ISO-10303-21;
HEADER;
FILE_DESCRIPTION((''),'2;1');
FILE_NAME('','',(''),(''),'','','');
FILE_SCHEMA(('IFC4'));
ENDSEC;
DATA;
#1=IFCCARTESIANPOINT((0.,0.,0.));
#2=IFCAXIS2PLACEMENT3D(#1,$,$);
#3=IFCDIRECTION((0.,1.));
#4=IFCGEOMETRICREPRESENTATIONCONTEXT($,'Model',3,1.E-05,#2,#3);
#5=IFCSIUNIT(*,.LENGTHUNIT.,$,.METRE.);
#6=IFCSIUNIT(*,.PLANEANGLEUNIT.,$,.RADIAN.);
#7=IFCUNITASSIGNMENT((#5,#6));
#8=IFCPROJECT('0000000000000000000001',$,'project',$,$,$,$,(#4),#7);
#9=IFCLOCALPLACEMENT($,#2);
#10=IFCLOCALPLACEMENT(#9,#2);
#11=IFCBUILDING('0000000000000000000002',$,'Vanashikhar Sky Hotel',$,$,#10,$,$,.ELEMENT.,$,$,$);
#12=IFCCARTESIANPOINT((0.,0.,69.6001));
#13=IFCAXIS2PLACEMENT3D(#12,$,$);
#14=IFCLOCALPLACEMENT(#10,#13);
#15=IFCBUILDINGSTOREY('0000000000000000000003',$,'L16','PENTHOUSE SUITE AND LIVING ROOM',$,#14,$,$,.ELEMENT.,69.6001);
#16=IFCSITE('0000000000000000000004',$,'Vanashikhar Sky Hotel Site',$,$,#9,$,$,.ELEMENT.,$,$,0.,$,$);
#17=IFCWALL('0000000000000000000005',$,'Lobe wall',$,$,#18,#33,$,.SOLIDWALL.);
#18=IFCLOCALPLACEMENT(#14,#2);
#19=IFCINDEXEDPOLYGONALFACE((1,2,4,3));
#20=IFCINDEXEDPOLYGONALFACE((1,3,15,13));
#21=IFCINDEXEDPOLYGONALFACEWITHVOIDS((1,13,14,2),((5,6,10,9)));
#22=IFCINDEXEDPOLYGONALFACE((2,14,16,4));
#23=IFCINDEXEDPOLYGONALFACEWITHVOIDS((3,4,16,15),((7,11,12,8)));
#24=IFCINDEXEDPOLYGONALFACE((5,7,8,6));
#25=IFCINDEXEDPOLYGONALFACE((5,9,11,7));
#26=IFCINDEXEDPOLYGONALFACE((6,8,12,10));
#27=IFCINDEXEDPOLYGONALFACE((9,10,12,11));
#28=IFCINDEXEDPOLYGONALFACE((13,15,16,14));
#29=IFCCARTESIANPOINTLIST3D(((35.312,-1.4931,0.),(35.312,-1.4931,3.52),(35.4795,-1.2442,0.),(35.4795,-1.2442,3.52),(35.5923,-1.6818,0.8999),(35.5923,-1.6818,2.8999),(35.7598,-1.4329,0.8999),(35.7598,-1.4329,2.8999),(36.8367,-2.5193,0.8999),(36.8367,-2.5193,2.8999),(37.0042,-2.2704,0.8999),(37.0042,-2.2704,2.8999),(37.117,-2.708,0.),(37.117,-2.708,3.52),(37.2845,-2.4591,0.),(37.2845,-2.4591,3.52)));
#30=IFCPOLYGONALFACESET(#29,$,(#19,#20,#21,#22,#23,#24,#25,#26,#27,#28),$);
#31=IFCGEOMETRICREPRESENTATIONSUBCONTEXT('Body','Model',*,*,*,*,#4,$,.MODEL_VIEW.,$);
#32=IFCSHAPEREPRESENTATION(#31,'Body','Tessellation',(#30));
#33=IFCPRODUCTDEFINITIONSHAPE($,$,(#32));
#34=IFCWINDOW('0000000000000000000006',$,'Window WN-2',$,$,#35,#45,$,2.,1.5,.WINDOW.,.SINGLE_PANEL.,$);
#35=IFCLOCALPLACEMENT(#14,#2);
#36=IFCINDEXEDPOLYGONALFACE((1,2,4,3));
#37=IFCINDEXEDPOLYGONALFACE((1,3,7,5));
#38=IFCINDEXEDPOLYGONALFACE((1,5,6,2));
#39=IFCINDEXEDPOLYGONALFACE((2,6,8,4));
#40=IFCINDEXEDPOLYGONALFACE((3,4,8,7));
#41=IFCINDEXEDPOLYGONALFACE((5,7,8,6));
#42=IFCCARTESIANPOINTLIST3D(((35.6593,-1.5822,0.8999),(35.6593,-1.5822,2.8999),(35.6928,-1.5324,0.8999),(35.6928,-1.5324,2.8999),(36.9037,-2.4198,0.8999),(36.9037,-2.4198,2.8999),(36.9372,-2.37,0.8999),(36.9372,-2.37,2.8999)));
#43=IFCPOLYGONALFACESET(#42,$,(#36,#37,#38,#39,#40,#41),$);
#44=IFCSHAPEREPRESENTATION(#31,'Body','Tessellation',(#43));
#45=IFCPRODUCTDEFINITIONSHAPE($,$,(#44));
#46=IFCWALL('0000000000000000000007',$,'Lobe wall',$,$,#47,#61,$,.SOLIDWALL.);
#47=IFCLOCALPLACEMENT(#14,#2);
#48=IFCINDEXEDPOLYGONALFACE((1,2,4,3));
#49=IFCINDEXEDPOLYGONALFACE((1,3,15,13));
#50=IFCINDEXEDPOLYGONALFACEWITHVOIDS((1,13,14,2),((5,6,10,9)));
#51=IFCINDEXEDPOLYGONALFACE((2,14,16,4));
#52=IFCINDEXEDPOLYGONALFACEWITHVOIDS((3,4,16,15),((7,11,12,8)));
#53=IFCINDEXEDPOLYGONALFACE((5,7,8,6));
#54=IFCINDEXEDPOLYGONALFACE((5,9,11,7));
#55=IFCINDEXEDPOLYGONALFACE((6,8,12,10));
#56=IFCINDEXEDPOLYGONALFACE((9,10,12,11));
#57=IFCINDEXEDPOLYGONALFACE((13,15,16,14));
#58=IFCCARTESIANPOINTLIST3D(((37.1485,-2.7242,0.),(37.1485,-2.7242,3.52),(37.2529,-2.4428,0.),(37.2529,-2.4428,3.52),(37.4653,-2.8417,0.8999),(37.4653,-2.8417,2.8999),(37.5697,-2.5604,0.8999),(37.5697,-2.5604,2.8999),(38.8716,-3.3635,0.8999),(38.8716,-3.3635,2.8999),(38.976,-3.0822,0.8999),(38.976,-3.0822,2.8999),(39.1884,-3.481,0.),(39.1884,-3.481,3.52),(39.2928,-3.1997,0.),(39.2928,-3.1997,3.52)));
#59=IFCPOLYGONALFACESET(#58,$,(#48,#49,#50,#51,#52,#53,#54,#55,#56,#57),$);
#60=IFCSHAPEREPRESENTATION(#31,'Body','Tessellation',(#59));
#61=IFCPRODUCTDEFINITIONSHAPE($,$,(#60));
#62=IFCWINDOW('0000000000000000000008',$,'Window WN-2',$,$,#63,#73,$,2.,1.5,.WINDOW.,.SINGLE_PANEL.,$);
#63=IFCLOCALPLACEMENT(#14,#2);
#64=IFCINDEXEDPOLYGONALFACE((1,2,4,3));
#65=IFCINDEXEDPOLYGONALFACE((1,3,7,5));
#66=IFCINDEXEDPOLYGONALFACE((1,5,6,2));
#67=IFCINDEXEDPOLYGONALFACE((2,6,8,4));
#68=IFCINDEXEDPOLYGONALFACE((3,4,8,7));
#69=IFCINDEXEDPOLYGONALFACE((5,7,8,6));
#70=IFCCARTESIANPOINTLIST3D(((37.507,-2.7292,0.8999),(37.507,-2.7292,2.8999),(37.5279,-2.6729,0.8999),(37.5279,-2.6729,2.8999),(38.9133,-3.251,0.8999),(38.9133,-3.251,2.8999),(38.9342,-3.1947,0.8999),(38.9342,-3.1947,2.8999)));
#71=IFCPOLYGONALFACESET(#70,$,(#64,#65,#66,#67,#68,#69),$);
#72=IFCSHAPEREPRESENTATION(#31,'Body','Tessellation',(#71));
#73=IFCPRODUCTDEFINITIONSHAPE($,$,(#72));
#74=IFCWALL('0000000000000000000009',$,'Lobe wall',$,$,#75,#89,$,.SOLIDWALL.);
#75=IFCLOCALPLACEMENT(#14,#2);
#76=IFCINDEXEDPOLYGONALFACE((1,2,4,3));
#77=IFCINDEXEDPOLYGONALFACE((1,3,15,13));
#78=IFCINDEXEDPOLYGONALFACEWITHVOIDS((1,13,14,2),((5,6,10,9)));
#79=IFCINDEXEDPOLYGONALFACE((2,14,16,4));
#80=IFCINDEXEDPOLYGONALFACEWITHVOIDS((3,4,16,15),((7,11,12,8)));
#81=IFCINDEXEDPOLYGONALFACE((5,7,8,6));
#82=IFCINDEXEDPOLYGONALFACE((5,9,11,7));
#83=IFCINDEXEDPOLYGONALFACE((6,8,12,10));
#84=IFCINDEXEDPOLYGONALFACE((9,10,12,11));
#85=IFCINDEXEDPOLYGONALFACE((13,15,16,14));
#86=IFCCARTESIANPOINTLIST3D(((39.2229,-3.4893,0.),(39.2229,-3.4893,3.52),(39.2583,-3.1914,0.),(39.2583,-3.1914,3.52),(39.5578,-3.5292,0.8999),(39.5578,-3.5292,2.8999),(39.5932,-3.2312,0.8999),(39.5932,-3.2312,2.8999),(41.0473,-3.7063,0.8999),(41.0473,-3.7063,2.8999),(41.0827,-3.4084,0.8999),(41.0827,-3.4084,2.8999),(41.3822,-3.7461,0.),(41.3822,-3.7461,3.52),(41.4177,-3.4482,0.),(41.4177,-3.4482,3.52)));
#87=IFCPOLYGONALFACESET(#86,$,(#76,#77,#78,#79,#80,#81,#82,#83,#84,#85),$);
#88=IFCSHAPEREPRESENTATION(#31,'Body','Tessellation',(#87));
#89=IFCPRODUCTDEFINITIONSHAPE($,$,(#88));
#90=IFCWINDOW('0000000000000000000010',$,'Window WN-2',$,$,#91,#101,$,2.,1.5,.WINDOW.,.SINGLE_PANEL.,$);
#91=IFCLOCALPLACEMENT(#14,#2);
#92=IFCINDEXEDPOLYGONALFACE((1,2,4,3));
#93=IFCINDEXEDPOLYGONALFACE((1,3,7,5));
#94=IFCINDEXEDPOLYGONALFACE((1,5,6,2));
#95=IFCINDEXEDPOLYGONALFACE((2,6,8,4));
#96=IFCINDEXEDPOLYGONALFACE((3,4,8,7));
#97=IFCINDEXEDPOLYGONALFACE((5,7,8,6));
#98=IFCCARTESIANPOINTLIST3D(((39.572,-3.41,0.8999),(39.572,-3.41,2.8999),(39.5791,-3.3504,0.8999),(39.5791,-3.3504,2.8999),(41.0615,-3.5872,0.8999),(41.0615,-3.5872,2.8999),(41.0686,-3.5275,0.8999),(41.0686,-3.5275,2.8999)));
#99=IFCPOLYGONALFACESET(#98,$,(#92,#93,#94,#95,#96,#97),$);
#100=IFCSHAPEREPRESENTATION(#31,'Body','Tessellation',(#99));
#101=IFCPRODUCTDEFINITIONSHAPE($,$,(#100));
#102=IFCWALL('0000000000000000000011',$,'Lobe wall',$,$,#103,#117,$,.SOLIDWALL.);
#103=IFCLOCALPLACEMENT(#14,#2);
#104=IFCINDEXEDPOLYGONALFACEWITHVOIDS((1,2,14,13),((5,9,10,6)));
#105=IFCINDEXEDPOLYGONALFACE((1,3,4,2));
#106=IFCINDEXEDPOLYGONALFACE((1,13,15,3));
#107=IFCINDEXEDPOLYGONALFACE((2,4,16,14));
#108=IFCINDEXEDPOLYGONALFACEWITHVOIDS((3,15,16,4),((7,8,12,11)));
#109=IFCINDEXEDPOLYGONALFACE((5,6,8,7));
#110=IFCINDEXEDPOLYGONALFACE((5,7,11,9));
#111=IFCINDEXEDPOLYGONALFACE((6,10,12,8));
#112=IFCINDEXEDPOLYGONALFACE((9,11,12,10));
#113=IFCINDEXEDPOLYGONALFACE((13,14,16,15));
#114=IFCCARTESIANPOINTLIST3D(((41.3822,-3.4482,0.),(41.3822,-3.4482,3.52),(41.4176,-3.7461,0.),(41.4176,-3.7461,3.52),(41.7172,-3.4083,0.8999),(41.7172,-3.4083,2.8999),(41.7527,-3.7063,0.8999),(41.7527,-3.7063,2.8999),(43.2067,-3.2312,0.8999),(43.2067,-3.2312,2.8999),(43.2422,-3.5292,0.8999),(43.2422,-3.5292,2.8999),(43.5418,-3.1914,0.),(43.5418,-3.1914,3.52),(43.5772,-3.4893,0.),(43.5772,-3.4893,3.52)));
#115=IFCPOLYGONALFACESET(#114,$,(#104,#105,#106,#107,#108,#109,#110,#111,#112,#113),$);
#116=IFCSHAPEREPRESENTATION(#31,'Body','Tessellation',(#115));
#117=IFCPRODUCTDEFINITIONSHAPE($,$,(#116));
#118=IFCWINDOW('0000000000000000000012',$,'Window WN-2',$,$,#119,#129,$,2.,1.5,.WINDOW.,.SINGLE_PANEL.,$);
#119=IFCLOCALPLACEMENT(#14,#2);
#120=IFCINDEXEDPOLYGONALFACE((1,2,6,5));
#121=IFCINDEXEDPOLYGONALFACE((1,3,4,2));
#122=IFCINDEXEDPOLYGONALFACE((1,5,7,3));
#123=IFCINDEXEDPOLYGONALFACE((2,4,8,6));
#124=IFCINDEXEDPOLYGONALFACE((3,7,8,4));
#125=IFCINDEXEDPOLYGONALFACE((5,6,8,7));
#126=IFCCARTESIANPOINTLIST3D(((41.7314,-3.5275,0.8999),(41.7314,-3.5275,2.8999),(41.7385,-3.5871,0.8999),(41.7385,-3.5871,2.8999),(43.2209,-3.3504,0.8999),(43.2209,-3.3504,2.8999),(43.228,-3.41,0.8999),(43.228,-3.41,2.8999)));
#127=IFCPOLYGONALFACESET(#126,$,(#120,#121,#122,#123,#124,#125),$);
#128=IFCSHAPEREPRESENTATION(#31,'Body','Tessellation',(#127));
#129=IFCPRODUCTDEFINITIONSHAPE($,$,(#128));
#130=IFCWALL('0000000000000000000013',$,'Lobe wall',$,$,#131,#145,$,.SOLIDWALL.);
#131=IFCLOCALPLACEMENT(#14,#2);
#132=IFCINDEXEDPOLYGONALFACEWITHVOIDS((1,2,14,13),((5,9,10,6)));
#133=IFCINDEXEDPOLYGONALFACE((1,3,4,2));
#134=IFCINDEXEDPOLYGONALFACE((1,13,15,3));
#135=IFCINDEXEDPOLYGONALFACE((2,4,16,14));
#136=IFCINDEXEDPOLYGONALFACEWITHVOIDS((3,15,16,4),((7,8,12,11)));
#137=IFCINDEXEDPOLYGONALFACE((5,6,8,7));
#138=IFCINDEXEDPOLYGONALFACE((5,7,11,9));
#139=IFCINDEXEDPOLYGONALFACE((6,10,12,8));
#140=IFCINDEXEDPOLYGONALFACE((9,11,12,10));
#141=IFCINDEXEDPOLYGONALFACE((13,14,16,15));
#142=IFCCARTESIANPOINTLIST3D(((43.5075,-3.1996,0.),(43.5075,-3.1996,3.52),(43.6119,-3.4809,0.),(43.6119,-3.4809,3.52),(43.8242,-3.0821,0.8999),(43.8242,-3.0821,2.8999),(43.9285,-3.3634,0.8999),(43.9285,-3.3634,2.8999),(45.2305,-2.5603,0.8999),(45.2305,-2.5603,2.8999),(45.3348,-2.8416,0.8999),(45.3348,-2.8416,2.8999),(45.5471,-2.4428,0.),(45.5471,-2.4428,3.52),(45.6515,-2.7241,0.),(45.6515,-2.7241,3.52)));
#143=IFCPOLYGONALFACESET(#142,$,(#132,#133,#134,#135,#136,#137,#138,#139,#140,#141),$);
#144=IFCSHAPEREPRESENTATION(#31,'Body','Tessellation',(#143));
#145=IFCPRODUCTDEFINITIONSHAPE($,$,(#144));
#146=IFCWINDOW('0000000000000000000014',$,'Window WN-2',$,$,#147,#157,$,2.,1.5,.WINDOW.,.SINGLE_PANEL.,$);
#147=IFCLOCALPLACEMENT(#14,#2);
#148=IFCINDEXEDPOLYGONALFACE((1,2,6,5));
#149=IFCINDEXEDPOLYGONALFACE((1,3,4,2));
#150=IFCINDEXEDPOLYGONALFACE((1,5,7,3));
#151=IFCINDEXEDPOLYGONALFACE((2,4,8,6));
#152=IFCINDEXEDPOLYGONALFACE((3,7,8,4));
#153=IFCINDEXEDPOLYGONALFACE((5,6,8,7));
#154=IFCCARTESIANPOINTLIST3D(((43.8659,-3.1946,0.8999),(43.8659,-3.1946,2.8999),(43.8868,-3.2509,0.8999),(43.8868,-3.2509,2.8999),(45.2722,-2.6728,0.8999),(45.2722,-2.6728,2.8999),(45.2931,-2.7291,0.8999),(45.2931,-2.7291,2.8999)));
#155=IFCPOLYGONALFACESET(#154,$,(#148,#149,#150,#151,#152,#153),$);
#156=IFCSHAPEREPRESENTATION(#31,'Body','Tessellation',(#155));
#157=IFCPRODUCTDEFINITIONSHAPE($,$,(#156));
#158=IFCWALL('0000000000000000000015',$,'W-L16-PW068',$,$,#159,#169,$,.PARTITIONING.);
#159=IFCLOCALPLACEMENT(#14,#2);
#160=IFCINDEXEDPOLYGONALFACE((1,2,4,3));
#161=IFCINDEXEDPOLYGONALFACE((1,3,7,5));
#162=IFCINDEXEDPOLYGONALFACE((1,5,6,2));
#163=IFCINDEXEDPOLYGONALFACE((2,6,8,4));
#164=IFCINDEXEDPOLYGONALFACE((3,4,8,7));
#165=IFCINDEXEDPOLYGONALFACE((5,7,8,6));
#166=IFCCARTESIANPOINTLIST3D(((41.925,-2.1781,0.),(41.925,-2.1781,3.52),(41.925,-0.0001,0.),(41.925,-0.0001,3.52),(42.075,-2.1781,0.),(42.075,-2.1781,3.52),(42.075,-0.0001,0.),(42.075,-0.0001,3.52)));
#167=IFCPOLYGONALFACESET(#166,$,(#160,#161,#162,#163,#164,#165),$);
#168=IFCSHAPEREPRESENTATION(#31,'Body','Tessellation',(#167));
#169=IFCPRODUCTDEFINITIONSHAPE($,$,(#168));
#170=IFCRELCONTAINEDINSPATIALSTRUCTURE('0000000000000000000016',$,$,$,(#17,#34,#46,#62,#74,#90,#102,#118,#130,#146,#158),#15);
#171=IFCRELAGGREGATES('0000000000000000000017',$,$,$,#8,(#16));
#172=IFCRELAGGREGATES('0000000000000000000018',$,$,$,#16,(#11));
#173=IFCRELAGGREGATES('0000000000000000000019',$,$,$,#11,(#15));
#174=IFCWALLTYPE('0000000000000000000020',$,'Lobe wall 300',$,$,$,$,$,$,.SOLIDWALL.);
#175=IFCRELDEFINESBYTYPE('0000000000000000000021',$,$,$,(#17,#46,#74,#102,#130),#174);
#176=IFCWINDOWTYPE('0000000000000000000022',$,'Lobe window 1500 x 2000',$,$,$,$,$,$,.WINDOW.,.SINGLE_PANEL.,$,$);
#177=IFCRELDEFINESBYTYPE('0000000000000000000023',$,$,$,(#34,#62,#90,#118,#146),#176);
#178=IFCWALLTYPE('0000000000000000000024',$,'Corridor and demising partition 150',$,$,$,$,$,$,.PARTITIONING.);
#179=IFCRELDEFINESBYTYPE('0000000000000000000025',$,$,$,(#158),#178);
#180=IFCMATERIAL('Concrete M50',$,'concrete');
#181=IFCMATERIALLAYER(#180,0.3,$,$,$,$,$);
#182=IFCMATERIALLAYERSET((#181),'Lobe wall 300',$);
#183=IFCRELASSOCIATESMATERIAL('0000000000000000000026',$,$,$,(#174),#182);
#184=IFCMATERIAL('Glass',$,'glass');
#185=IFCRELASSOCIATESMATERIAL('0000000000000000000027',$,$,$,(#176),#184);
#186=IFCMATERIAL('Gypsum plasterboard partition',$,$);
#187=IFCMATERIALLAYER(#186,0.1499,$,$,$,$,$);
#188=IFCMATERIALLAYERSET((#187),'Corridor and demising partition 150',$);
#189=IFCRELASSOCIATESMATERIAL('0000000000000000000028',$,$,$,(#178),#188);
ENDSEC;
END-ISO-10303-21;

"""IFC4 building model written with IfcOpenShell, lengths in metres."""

from ifc_helpers import new_model, si_unit, direction, frame, frame_2d, origin, place, context, subcontext, project, spatial, rectangle, extrude, source, transform, mapped, material, layer, layer_set, type_object, element, fill, save


model = new_model("IFC4")

# Units and contexts
model_context = context("Model", 3, precision=1e-05, world=origin(), true_north=direction((0.0, 1.0)))
body_context = subcontext(model_context, "Body", "Model", "MODEL_VIEW")
ifc_project = project(units=[si_unit("LENGTHUNIT", "METRE"), si_unit("PLANEANGLEUNIT", "RADIAN")], contexts=[model_context])

# Site, building, storey
site_placement = place(None, origin())
site = spatial("IfcSite", under=ifc_project, at=site_placement, Name="Vanashikhar Sky Hotel Site", CompositionType="ELEMENT", RefElevation=0.0)
building_placement = place(site_placement, origin())
building = spatial("IfcBuilding", under=site, at=building_placement, Name="Vanashikhar Sky Hotel", CompositionType="ELEMENT")
storey_placement = place(building_placement, frame((0.0, 0.0, 69.6001)))
storey = spatial("IfcBuildingStorey", under=building, at=storey_placement, Name="L16", Description="PENTHOUSE SUITE AND LIVING ROOM", CompositionType="ELEMENT", Elevation=69.6001)

# Walls, openings, windows
ifc_material_1 = material(Name="Concrete M50", Category="concrete")
ifc_layer_1 = layer(ifc_material_1, 0.3)
ifc_layer_set_1 = layer_set([ifc_layer_1], Name="Lobe wall 300")
wall_type_1 = type_object("IfcWallType", Name="Lobe wall 300", PredefinedType="SOLIDWALL", material=ifc_layer_set_1)
shared_shape_1 = source(origin(), body_context, "Body", "SweptSolid", [
    extrude(rectangle(XDim=2.1758, YDim=0.3, at=frame_2d((1.0879, 0.0))), origin(), (0.0, 0.0, 1.0), 3.52),
])
wall_1_placement = place(storey_placement, frame((35.3958, -1.3687, 0.0), z_axis=(0.0, 0.0, 1.0), x_axis=(0.829591, -0.558372, 0.0)))
wall_1 = element("IfcWall", 1, at=wall_1_placement, inside=storey, type_object=wall_type_1, Name="Lobe wall", PredefinedType="SOLIDWALL", context=body_context, shape_type="MappedRepresentation", body=[
    mapped(shared_shape_1, transform((0.0, 0.0, 0.0), scale=1.0)),
])
shared_shape_2 = source(origin(), body_context, "Body", "SweptSolid", [
    extrude(rectangle(XDim=1.5, YDim=2.0, at=frame_2d((0.75, 1.0))), frame((0.0, 0.1602, 0.0), z_axis=(0.0, -1.0, 0.0), x_axis=(1.0, 0.0, 0.0)), (0.0, 0.0, 1.0), 0.3201),
])
opening_1_placement = place(wall_1_placement, frame((0.3379, 0.0, 0.8999)))
opening_1 = element("IfcOpeningElement", 2, at=opening_1_placement, cuts=wall_1, PredefinedType="OPENING", context=body_context, shape_type="MappedRepresentation", body=[
    mapped(shared_shape_2, transform((0.0, 0.0, 0.0), scale=1.0)),
])
ifc_material_2 = material(Name="Glass", Category="glass")
window_type = type_object("IfcWindowType", Name="Lobe window 1500 x 2000", PartitioningType="SINGLE_PANEL", PredefinedType="WINDOW", material=ifc_material_2)
shared_shape_3 = source(origin(), body_context, "Body", "SweptSolid", [
    extrude(rectangle(XDim=1.5, YDim=2.0, at=frame_2d((0.75, 1.0))), frame((0.0, 0.03, 0.0), z_axis=(0.0, -1.0, 0.0), x_axis=(1.0, 0.0, 0.0)), (0.0, 0.0, 1.0), 0.0601),
])
window_1_placement = place(opening_1_placement, origin())
window_1 = element("IfcWindow", 3, at=window_1_placement, inside=storey, type_object=window_type, Name="Window WN-2", OverallHeight=2.0, OverallWidth=1.5, PartitioningType="SINGLE_PANEL", PredefinedType="WINDOW", context=body_context, shape_type="MappedRepresentation", body=[
    mapped(shared_shape_3, transform((0.0, 0.0, 0.0), scale=1.0)),
])
fill(opening_1, window_1)
wall_2_placement = place(storey_placement, frame((37.2007, -2.5835, 0.0), z_axis=(0.0, 0.0, 1.0), x_axis=(0.937546, -0.347863, 0.0)))
wall_2 = element("IfcWall", 4, at=wall_2_placement, inside=storey, type_object=wall_type_1, Name="Lobe wall", PredefinedType="SOLIDWALL", context=body_context, shape_type="MappedRepresentation", body=[
    mapped(shared_shape_1, transform((0.0, 0.0, 0.0), scale=1.0)),
])
opening_2_placement = place(wall_2_placement, frame((0.3379, 0.0, 0.8999)))
opening_2 = element("IfcOpeningElement", 5, at=opening_2_placement, cuts=wall_2, PredefinedType="OPENING", context=body_context, shape_type="MappedRepresentation", body=[
    mapped(shared_shape_2, transform((0.0, 0.0, 0.0), scale=1.0)),
])
window_2_placement = place(opening_2_placement, origin())
window_2 = element("IfcWindow", 6, at=window_2_placement, inside=storey, type_object=window_type, Name="Window WN-2", OverallHeight=2.0, OverallWidth=1.5, PartitioningType="SINGLE_PANEL", PredefinedType="WINDOW", context=body_context, shape_type="MappedRepresentation", body=[
    mapped(shared_shape_3, transform((0.0, 0.0, 0.0), scale=1.0)),
])
fill(opening_2, window_2)
shared_shape_4 = source(origin(), body_context, "Body", "SweptSolid", [
    extrude(rectangle(XDim=2.1746, YDim=0.3, at=frame_2d((1.0874, 0.0))), origin(), (0.0, 0.0, 1.0), 3.52),
])
wall_3_placement = place(storey_placement, frame((39.2405, -3.3403, 0.0), z_axis=(0.0, 0.0, 1.0), x_axis=(0.993001, -0.118105, 0.0)))
wall_3 = element("IfcWall", 7, at=wall_3_placement, inside=storey, type_object=wall_type_1, Name="Lobe wall", PredefinedType="SOLIDWALL", context=body_context, shape_type="MappedRepresentation", body=[
    mapped(shared_shape_4, transform((0.0, 0.0, 0.0), scale=1.0)),
])
opening_3_placement = place(wall_3_placement, frame((0.3374, 0.0, 0.8999)))
opening_3 = element("IfcOpeningElement", 8, at=opening_3_placement, cuts=wall_3, PredefinedType="OPENING", context=body_context, shape_type="MappedRepresentation", body=[
    mapped(shared_shape_2, transform((0.0, 0.0, 0.0), scale=1.0)),
])
window_3_placement = place(opening_3_placement, origin())
window_3 = element("IfcWindow", 9, at=window_3_placement, inside=storey, type_object=window_type, Name="Window WN-2", OverallHeight=2.0, OverallWidth=1.5, PartitioningType="SINGLE_PANEL", PredefinedType="WINDOW", context=body_context, shape_type="MappedRepresentation", body=[
    mapped(shared_shape_3, transform((0.0, 0.0, 0.0), scale=1.0)),
])
fill(opening_3, window_3)
shared_shape_5 = source(origin(), body_context, "Body", "SweptSolid", [
    extrude(rectangle(XDim=2.1748, YDim=0.3, at=frame_2d((1.0874, 0.0))), origin(), (0.0, 0.0, 1.0), 3.52),
])
wall_4_placement = place(storey_placement, frame((41.3999, -3.5972, 0.0), z_axis=(0.0, 0.0, 1.0), x_axis=(0.993003, 0.118092, 0.0)))
wall_4 = element("IfcWall", 10, at=wall_4_placement, inside=storey, type_object=wall_type_1, Name="Lobe wall", PredefinedType="SOLIDWALL", context=body_context, shape_type="MappedRepresentation", body=[
    mapped(shared_shape_5, transform((0.0, 0.0, 0.0), scale=1.0)),
])
opening_4_placement = place(wall_4_placement, frame((0.3374, 0.0, 0.8999)))
opening_4 = element("IfcOpeningElement", 11, at=opening_4_placement, cuts=wall_4, PredefinedType="OPENING", context=body_context, shape_type="MappedRepresentation", body=[
    mapped(shared_shape_2, transform((0.0, 0.0, 0.0), scale=1.0)),
])
window_4_placement = place(opening_4_placement, origin())
window_4 = element("IfcWindow", 12, at=window_4_placement, inside=storey, type_object=window_type, Name="Window WN-2", OverallHeight=2.0, OverallWidth=1.5, PartitioningType="SINGLE_PANEL", PredefinedType="WINDOW", context=body_context, shape_type="MappedRepresentation", body=[
    mapped(shared_shape_3, transform((0.0, 0.0, 0.0), scale=1.0)),
])
fill(opening_4, window_4)
shared_shape_6 = source(origin(), body_context, "Body", "SweptSolid", [
    extrude(rectangle(XDim=2.1755, YDim=0.3, at=frame_2d((1.0879, 0.0))), origin(), (0.0, 0.0, 1.0), 3.52),
])
wall_5_placement = place(storey_placement, frame((43.5596, -3.3403, 0.0), z_axis=(0.0, 0.0, 1.0), x_axis=(0.937532, 0.347899, 0.0)))
wall_5 = element("IfcWall", 13, at=wall_5_placement, inside=storey, type_object=wall_type_1, Name="Lobe wall", PredefinedType="SOLIDWALL", context=body_context, shape_type="MappedRepresentation", body=[
    mapped(shared_shape_6, transform((0.0, 0.0, 0.0), scale=1.0)),
])
opening_5_placement = place(wall_5_placement, frame((0.3379, 0.0, 0.8999)))
opening_5 = element("IfcOpeningElement", 14, at=opening_5_placement, cuts=wall_5, PredefinedType="OPENING", context=body_context, shape_type="MappedRepresentation", body=[
    mapped(shared_shape_2, transform((0.0, 0.0, 0.0), scale=1.0)),
])
window_5_placement = place(opening_5_placement, origin())
window_5 = element("IfcWindow", 15, at=window_5_placement, inside=storey, type_object=window_type, Name="Window WN-2", OverallHeight=2.0, OverallWidth=1.5, PartitioningType="SINGLE_PANEL", PredefinedType="WINDOW", context=body_context, shape_type="MappedRepresentation", body=[
    mapped(shared_shape_3, transform((0.0, 0.0, 0.0), scale=1.0)),
])
fill(opening_5, window_5)

# Wall
ifc_material_3 = material(Name="Gypsum plasterboard partition")
ifc_layer_2 = layer(ifc_material_3, 0.1499)
ifc_layer_set_2 = layer_set([ifc_layer_2], Name="Corridor and demising partition 150")
wall_type_2 = type_object("IfcWallType", Name="Corridor and demising partition 150", PredefinedType="PARTITIONING", material=ifc_layer_set_2)
shared_shape_7 = source(origin(), body_context, "Body", "SweptSolid", [
    extrude(rectangle(XDim=2.178, YDim=0.1499, at=frame_2d((1.0889, 0.0))), origin(), (0.0, 0.0, 1.0), 3.52),
])
wall_6_placement = place(storey_placement, frame((42.0, -2.178, 0.0), z_axis=(0.0, 0.0, 1.0), x_axis=(0.0, 1.0, 0.0)))
element("IfcWall", 16, at=wall_6_placement, inside=storey, type_object=wall_type_2, Name="W-L16-PW068", PredefinedType="PARTITIONING", context=body_context, shape_type="MappedRepresentation", body=[
    mapped(shared_shape_7, transform((0.0, 0.0, 0.0), scale=1.0)),
])

save(model, "model.ifc")
